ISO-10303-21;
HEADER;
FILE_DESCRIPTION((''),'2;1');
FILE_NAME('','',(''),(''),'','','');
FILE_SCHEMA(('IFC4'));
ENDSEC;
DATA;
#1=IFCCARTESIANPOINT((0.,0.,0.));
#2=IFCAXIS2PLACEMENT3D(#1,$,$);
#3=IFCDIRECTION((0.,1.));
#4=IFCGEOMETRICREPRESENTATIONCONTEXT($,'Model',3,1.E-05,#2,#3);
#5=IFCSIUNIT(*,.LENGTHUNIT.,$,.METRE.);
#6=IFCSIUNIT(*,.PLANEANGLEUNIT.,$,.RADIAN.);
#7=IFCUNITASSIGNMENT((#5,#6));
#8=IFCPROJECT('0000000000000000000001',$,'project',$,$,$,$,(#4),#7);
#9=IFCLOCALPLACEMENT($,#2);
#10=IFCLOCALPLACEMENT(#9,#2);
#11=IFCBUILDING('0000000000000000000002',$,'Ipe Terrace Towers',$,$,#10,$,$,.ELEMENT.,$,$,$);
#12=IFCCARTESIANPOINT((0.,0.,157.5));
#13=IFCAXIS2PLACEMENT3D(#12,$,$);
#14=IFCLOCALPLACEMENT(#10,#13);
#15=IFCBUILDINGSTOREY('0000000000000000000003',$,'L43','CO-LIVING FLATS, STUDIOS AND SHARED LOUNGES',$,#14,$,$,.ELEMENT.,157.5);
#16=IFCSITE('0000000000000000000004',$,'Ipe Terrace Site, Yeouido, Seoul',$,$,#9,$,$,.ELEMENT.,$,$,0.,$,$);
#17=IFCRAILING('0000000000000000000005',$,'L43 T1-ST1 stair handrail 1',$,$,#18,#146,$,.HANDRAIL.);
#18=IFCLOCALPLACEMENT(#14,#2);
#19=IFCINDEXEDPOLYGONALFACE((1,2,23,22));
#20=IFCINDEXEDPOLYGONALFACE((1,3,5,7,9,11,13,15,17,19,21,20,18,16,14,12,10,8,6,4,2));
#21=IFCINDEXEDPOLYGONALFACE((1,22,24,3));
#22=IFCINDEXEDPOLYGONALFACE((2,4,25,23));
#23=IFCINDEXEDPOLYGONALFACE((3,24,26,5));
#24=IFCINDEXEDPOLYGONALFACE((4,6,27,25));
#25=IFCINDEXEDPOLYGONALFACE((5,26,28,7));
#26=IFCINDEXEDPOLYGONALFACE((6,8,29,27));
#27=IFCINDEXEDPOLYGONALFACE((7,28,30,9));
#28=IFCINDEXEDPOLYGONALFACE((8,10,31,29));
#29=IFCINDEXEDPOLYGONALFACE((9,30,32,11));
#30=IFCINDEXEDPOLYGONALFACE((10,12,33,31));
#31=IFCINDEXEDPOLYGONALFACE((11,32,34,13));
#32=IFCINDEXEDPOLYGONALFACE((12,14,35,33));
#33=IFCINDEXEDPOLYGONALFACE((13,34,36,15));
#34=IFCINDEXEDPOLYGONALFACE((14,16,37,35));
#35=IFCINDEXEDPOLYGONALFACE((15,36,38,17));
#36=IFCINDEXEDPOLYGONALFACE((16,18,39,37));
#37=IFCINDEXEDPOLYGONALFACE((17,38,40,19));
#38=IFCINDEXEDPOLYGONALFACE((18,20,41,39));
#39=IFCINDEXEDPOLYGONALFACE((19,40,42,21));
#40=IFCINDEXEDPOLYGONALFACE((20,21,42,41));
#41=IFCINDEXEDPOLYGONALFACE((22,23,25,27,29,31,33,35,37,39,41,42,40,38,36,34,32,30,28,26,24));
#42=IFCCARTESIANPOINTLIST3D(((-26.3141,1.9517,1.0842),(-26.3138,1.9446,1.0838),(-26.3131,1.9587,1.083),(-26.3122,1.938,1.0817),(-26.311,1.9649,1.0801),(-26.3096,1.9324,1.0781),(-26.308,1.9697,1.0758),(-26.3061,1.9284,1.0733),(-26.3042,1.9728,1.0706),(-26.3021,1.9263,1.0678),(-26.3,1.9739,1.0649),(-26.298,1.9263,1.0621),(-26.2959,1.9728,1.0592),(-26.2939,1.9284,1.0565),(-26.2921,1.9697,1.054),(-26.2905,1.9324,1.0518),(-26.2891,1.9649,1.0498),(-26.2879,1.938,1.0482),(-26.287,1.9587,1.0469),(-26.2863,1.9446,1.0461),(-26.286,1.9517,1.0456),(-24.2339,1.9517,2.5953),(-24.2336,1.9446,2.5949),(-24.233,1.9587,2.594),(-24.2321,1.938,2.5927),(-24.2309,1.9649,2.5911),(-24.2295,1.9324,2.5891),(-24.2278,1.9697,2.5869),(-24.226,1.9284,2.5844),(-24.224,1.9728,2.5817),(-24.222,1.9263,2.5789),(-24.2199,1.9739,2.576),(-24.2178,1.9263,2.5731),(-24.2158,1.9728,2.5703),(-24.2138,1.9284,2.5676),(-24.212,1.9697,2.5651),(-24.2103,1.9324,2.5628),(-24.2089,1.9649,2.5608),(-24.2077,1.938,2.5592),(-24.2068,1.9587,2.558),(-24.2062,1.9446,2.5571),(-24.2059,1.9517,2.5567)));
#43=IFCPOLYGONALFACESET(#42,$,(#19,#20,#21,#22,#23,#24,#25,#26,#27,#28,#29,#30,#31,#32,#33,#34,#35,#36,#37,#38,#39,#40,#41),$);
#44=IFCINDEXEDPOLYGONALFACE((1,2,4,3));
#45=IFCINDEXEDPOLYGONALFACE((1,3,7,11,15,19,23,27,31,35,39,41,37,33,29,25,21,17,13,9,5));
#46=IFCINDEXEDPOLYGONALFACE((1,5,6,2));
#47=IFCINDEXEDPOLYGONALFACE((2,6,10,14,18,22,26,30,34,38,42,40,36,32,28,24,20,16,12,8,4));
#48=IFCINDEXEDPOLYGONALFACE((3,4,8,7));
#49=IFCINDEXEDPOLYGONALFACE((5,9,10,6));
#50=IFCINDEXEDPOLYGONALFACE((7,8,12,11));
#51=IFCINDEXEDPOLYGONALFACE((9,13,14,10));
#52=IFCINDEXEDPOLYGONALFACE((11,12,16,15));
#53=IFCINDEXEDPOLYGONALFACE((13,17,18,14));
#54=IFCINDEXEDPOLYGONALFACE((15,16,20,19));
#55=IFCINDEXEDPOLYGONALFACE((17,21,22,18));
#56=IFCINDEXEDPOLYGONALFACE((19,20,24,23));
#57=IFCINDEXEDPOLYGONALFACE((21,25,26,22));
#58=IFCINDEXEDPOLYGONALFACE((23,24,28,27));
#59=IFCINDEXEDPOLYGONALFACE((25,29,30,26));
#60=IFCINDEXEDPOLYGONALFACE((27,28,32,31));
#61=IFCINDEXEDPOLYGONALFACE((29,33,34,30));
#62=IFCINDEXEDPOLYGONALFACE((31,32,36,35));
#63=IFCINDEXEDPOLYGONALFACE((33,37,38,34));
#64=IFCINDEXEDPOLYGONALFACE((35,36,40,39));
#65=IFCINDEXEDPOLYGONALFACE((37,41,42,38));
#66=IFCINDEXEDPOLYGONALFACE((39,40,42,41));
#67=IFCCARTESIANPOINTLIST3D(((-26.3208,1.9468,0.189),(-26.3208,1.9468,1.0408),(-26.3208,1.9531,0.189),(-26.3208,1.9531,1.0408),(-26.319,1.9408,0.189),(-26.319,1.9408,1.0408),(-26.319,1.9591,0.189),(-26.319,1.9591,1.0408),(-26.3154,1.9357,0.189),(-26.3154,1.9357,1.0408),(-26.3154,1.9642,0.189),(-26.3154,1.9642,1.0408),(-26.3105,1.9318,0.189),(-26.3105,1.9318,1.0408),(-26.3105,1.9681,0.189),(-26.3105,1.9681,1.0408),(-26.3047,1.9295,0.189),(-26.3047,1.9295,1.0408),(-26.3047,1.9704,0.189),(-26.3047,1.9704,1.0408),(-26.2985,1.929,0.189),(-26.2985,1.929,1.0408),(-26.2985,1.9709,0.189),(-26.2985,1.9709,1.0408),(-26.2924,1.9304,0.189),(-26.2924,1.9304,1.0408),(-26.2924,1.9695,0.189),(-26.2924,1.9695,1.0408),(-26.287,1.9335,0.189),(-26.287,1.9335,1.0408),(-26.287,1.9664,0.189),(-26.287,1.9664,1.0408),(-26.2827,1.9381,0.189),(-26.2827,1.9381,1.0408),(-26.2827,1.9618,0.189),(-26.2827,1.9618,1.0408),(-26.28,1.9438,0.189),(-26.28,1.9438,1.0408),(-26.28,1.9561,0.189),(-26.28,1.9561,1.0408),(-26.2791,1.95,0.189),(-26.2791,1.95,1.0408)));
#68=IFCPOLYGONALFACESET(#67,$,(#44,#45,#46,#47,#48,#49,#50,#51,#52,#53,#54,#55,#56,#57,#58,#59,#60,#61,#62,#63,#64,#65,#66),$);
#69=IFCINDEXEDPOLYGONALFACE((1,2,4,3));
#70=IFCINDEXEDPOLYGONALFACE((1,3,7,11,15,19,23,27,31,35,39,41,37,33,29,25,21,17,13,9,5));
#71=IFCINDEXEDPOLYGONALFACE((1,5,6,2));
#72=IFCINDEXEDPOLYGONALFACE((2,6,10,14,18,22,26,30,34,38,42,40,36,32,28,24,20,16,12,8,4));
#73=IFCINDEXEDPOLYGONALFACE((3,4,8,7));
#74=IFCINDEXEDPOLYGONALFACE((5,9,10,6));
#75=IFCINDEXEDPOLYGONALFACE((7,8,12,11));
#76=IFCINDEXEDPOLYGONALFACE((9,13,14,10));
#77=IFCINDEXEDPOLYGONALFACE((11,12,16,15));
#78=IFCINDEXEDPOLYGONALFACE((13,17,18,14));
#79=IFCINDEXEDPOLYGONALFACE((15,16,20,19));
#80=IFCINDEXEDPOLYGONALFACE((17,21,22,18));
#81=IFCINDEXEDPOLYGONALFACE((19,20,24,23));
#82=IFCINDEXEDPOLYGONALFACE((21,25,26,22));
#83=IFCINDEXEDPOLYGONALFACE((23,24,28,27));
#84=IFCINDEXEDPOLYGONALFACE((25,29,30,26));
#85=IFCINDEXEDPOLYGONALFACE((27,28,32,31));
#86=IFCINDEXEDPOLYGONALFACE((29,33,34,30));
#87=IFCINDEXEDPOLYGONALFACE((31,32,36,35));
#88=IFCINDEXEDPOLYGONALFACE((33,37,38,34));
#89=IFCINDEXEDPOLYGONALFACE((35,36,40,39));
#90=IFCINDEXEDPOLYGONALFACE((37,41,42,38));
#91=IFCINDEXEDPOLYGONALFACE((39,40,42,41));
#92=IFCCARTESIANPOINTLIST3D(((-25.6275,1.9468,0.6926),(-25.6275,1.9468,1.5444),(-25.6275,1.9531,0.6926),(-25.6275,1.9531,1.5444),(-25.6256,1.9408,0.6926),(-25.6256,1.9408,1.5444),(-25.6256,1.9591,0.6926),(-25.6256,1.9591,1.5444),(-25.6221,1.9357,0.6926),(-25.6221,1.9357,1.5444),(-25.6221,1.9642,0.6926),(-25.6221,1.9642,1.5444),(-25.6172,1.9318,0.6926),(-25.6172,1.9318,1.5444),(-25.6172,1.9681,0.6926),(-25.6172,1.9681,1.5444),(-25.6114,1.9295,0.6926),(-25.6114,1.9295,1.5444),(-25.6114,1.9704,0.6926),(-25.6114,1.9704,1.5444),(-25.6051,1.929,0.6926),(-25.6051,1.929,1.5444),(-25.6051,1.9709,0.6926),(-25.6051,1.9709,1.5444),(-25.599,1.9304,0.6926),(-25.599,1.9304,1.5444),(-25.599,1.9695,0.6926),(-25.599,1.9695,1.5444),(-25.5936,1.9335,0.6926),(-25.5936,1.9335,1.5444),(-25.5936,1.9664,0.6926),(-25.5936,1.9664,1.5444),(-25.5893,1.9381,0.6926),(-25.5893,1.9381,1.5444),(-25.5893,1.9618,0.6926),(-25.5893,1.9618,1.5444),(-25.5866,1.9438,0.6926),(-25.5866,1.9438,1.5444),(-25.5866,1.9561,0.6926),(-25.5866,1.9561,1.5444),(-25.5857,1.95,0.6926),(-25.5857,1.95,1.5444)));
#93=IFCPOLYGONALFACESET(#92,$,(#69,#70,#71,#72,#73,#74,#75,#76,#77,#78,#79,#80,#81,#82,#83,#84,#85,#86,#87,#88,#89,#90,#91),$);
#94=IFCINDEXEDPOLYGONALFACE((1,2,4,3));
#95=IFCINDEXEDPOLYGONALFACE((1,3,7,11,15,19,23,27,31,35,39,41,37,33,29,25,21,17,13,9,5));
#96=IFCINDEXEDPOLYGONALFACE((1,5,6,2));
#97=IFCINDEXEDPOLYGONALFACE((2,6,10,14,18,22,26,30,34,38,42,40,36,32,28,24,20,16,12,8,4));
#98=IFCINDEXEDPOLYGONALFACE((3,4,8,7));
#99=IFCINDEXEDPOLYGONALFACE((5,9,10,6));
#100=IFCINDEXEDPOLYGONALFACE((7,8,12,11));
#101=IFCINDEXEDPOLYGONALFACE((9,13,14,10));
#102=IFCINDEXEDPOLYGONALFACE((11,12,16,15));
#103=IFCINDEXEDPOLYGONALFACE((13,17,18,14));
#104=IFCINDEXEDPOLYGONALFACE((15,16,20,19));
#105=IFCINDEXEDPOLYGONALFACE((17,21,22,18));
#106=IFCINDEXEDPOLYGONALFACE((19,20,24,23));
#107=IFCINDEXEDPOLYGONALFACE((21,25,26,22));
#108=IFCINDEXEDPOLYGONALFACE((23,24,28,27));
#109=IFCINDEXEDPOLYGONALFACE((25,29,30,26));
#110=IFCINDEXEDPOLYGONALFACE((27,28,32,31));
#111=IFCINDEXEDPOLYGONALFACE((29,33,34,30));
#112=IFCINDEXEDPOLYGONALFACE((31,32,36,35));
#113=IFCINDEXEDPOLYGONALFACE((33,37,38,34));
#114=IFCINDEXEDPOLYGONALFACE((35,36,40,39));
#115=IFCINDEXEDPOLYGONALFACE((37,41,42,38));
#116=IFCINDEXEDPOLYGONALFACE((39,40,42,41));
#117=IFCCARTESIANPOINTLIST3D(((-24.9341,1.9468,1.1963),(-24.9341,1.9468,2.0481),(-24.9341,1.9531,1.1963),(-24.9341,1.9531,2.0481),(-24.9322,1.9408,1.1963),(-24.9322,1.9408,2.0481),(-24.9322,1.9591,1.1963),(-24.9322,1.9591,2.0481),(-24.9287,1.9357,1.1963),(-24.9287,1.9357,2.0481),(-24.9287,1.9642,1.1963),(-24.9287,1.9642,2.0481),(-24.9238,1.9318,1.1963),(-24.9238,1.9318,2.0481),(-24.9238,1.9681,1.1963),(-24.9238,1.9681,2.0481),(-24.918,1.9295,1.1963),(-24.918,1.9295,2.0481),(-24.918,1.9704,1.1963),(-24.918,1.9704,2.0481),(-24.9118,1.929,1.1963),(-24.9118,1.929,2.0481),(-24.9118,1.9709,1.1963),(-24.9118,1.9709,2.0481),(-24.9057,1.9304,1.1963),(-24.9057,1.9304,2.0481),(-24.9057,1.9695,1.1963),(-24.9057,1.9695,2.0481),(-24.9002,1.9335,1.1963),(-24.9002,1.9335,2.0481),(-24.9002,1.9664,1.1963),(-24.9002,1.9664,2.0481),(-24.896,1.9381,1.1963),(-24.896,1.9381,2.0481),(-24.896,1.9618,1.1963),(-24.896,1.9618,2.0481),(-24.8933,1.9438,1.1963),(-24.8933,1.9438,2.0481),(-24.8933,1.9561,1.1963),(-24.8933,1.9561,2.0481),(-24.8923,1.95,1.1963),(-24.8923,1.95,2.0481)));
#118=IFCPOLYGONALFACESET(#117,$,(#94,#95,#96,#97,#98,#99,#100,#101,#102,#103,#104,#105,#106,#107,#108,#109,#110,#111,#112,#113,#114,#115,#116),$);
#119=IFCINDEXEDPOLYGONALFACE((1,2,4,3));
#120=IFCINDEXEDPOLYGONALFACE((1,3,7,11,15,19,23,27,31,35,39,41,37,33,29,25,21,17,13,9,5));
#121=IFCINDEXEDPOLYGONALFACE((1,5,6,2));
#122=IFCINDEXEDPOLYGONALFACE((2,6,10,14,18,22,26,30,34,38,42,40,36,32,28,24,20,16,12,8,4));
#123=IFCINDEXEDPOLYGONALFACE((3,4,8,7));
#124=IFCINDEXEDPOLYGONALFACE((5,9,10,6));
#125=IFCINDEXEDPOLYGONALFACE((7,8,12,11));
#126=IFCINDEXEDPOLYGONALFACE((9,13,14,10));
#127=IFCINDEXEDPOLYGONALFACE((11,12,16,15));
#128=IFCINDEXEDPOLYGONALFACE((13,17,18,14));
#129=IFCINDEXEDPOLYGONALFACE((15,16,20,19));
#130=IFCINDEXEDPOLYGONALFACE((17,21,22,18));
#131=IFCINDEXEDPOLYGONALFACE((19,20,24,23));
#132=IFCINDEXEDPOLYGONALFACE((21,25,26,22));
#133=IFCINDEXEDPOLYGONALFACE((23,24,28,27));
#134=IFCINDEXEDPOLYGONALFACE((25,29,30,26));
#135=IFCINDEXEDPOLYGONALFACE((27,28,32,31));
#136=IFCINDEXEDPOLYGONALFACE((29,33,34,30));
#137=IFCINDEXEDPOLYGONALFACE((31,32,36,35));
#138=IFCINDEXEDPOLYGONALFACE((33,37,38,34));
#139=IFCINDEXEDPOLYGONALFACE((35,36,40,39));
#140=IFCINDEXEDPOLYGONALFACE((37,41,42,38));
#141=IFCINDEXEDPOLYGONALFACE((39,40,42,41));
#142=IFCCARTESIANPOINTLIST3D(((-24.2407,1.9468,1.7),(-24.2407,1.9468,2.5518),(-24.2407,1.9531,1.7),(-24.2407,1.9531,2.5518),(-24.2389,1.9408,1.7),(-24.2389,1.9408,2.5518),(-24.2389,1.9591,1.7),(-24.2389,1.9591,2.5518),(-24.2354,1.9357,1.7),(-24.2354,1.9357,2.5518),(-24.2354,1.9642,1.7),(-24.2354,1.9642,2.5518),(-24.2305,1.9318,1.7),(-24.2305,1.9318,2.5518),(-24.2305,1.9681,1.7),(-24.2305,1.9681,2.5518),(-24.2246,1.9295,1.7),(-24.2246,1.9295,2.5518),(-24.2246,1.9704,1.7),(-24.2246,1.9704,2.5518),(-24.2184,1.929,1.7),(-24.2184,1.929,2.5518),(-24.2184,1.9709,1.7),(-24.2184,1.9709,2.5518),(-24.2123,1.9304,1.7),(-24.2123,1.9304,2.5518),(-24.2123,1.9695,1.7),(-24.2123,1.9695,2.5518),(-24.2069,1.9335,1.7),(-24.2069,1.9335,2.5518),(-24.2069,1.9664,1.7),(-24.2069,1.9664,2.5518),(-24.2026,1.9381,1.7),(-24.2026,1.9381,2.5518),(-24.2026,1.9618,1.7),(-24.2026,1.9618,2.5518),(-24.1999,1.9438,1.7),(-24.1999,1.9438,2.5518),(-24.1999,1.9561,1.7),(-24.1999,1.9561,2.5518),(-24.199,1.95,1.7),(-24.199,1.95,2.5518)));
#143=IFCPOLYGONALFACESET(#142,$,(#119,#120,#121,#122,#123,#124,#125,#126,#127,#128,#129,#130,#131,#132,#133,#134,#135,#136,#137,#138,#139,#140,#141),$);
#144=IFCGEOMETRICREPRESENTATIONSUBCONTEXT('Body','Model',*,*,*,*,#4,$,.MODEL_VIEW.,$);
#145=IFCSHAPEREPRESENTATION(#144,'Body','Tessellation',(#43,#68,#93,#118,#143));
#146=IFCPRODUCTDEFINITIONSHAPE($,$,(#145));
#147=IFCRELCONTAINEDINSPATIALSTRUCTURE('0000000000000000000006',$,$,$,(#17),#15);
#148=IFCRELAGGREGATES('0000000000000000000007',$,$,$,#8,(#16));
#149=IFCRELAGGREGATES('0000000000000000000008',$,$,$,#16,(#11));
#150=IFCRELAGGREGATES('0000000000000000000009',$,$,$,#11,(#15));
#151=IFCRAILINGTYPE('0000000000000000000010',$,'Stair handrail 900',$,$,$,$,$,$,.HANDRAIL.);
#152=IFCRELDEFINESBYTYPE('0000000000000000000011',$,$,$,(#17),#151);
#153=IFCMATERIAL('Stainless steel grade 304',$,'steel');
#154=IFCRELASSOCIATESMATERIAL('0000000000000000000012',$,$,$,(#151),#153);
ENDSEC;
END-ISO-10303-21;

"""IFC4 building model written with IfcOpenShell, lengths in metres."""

from ifc_helpers import new_model, si_unit, direction, frame, origin, origin_2d, place, context, subcontext, project, spatial, circle, extrude, material, type_object, element, save


model = new_model("IFC4")

# Units and contexts
model_context = context("Model", 3, precision=1e-05, world=origin(), true_north=direction((0.0, 1.0)))
body_context = subcontext(model_context, "Body", "Model", "MODEL_VIEW")
ifc_project = project(units=[si_unit("LENGTHUNIT", "METRE"), si_unit("PLANEANGLEUNIT", "RADIAN")], contexts=[model_context])

# Site, building, storey
site_placement = place(None, origin())
site = spatial("IfcSite", under=ifc_project, at=site_placement, Name="Ipe Terrace Site, Yeouido, Seoul", CompositionType="ELEMENT", RefElevation=0.0)
building_placement = place(site_placement, origin())
building = spatial("IfcBuilding", under=site, at=building_placement, Name="Ipe Terrace Towers", CompositionType="ELEMENT")
storey_placement = place(building_placement, frame((0.0, 0.0, 157.5)))
storey = spatial("IfcBuildingStorey", under=building, at=storey_placement, Name="L43", Description="CO-LIVING FLATS, STUDIOS AND SHARED LOUNGES", CompositionType="ELEMENT", Elevation=157.5)

# Railing
ifc_material_1 = material(Name="Stainless steel grade 304", Category="steel")
railing_type_1 = type_object("IfcRailingType", Name="Stair handrail 900", PredefinedType="HANDRAIL", material=ifc_material_1)
railing_1_placement = place(storey_placement, frame((-26.3, 1.95, 0.189)))
element("IfcRailing", 1, at=railing_1_placement, inside=storey, type_object=railing_type_1, Name="L43 T1-ST1 stair handrail 1", PredefinedType="HANDRAIL", context=body_context, shape_type="SweptSolid", body=[
    extrude(circle(Radius=0.0239, at=origin_2d()), frame((0.0, 0.0, 0.876), z_axis=(0.809069, 0.0, 0.587714), x_axis=(0.0, 1.0, 0.0)), (0.0, 0.0, 1.0), 2.571),
    extrude(circle(Radius=0.021, at=origin_2d()), origin(), (0.0, 0.0, 1.0), 0.8518),
    extrude(circle(Radius=0.021, at=origin_2d()), frame((0.6934, 0.0, 0.5037)), (0.0, 0.0, 1.0), 0.8518),
    extrude(circle(Radius=0.021, at=origin_2d()), frame((1.3867, 0.0, 1.0073)), (0.0, 0.0, 1.0), 0.8518),
    extrude(circle(Radius=0.021, at=origin_2d()), frame((2.0801, 0.0, 1.511)), (0.0, 0.0, 1.0), 0.8518),
])

save(model, "model.ifc")
